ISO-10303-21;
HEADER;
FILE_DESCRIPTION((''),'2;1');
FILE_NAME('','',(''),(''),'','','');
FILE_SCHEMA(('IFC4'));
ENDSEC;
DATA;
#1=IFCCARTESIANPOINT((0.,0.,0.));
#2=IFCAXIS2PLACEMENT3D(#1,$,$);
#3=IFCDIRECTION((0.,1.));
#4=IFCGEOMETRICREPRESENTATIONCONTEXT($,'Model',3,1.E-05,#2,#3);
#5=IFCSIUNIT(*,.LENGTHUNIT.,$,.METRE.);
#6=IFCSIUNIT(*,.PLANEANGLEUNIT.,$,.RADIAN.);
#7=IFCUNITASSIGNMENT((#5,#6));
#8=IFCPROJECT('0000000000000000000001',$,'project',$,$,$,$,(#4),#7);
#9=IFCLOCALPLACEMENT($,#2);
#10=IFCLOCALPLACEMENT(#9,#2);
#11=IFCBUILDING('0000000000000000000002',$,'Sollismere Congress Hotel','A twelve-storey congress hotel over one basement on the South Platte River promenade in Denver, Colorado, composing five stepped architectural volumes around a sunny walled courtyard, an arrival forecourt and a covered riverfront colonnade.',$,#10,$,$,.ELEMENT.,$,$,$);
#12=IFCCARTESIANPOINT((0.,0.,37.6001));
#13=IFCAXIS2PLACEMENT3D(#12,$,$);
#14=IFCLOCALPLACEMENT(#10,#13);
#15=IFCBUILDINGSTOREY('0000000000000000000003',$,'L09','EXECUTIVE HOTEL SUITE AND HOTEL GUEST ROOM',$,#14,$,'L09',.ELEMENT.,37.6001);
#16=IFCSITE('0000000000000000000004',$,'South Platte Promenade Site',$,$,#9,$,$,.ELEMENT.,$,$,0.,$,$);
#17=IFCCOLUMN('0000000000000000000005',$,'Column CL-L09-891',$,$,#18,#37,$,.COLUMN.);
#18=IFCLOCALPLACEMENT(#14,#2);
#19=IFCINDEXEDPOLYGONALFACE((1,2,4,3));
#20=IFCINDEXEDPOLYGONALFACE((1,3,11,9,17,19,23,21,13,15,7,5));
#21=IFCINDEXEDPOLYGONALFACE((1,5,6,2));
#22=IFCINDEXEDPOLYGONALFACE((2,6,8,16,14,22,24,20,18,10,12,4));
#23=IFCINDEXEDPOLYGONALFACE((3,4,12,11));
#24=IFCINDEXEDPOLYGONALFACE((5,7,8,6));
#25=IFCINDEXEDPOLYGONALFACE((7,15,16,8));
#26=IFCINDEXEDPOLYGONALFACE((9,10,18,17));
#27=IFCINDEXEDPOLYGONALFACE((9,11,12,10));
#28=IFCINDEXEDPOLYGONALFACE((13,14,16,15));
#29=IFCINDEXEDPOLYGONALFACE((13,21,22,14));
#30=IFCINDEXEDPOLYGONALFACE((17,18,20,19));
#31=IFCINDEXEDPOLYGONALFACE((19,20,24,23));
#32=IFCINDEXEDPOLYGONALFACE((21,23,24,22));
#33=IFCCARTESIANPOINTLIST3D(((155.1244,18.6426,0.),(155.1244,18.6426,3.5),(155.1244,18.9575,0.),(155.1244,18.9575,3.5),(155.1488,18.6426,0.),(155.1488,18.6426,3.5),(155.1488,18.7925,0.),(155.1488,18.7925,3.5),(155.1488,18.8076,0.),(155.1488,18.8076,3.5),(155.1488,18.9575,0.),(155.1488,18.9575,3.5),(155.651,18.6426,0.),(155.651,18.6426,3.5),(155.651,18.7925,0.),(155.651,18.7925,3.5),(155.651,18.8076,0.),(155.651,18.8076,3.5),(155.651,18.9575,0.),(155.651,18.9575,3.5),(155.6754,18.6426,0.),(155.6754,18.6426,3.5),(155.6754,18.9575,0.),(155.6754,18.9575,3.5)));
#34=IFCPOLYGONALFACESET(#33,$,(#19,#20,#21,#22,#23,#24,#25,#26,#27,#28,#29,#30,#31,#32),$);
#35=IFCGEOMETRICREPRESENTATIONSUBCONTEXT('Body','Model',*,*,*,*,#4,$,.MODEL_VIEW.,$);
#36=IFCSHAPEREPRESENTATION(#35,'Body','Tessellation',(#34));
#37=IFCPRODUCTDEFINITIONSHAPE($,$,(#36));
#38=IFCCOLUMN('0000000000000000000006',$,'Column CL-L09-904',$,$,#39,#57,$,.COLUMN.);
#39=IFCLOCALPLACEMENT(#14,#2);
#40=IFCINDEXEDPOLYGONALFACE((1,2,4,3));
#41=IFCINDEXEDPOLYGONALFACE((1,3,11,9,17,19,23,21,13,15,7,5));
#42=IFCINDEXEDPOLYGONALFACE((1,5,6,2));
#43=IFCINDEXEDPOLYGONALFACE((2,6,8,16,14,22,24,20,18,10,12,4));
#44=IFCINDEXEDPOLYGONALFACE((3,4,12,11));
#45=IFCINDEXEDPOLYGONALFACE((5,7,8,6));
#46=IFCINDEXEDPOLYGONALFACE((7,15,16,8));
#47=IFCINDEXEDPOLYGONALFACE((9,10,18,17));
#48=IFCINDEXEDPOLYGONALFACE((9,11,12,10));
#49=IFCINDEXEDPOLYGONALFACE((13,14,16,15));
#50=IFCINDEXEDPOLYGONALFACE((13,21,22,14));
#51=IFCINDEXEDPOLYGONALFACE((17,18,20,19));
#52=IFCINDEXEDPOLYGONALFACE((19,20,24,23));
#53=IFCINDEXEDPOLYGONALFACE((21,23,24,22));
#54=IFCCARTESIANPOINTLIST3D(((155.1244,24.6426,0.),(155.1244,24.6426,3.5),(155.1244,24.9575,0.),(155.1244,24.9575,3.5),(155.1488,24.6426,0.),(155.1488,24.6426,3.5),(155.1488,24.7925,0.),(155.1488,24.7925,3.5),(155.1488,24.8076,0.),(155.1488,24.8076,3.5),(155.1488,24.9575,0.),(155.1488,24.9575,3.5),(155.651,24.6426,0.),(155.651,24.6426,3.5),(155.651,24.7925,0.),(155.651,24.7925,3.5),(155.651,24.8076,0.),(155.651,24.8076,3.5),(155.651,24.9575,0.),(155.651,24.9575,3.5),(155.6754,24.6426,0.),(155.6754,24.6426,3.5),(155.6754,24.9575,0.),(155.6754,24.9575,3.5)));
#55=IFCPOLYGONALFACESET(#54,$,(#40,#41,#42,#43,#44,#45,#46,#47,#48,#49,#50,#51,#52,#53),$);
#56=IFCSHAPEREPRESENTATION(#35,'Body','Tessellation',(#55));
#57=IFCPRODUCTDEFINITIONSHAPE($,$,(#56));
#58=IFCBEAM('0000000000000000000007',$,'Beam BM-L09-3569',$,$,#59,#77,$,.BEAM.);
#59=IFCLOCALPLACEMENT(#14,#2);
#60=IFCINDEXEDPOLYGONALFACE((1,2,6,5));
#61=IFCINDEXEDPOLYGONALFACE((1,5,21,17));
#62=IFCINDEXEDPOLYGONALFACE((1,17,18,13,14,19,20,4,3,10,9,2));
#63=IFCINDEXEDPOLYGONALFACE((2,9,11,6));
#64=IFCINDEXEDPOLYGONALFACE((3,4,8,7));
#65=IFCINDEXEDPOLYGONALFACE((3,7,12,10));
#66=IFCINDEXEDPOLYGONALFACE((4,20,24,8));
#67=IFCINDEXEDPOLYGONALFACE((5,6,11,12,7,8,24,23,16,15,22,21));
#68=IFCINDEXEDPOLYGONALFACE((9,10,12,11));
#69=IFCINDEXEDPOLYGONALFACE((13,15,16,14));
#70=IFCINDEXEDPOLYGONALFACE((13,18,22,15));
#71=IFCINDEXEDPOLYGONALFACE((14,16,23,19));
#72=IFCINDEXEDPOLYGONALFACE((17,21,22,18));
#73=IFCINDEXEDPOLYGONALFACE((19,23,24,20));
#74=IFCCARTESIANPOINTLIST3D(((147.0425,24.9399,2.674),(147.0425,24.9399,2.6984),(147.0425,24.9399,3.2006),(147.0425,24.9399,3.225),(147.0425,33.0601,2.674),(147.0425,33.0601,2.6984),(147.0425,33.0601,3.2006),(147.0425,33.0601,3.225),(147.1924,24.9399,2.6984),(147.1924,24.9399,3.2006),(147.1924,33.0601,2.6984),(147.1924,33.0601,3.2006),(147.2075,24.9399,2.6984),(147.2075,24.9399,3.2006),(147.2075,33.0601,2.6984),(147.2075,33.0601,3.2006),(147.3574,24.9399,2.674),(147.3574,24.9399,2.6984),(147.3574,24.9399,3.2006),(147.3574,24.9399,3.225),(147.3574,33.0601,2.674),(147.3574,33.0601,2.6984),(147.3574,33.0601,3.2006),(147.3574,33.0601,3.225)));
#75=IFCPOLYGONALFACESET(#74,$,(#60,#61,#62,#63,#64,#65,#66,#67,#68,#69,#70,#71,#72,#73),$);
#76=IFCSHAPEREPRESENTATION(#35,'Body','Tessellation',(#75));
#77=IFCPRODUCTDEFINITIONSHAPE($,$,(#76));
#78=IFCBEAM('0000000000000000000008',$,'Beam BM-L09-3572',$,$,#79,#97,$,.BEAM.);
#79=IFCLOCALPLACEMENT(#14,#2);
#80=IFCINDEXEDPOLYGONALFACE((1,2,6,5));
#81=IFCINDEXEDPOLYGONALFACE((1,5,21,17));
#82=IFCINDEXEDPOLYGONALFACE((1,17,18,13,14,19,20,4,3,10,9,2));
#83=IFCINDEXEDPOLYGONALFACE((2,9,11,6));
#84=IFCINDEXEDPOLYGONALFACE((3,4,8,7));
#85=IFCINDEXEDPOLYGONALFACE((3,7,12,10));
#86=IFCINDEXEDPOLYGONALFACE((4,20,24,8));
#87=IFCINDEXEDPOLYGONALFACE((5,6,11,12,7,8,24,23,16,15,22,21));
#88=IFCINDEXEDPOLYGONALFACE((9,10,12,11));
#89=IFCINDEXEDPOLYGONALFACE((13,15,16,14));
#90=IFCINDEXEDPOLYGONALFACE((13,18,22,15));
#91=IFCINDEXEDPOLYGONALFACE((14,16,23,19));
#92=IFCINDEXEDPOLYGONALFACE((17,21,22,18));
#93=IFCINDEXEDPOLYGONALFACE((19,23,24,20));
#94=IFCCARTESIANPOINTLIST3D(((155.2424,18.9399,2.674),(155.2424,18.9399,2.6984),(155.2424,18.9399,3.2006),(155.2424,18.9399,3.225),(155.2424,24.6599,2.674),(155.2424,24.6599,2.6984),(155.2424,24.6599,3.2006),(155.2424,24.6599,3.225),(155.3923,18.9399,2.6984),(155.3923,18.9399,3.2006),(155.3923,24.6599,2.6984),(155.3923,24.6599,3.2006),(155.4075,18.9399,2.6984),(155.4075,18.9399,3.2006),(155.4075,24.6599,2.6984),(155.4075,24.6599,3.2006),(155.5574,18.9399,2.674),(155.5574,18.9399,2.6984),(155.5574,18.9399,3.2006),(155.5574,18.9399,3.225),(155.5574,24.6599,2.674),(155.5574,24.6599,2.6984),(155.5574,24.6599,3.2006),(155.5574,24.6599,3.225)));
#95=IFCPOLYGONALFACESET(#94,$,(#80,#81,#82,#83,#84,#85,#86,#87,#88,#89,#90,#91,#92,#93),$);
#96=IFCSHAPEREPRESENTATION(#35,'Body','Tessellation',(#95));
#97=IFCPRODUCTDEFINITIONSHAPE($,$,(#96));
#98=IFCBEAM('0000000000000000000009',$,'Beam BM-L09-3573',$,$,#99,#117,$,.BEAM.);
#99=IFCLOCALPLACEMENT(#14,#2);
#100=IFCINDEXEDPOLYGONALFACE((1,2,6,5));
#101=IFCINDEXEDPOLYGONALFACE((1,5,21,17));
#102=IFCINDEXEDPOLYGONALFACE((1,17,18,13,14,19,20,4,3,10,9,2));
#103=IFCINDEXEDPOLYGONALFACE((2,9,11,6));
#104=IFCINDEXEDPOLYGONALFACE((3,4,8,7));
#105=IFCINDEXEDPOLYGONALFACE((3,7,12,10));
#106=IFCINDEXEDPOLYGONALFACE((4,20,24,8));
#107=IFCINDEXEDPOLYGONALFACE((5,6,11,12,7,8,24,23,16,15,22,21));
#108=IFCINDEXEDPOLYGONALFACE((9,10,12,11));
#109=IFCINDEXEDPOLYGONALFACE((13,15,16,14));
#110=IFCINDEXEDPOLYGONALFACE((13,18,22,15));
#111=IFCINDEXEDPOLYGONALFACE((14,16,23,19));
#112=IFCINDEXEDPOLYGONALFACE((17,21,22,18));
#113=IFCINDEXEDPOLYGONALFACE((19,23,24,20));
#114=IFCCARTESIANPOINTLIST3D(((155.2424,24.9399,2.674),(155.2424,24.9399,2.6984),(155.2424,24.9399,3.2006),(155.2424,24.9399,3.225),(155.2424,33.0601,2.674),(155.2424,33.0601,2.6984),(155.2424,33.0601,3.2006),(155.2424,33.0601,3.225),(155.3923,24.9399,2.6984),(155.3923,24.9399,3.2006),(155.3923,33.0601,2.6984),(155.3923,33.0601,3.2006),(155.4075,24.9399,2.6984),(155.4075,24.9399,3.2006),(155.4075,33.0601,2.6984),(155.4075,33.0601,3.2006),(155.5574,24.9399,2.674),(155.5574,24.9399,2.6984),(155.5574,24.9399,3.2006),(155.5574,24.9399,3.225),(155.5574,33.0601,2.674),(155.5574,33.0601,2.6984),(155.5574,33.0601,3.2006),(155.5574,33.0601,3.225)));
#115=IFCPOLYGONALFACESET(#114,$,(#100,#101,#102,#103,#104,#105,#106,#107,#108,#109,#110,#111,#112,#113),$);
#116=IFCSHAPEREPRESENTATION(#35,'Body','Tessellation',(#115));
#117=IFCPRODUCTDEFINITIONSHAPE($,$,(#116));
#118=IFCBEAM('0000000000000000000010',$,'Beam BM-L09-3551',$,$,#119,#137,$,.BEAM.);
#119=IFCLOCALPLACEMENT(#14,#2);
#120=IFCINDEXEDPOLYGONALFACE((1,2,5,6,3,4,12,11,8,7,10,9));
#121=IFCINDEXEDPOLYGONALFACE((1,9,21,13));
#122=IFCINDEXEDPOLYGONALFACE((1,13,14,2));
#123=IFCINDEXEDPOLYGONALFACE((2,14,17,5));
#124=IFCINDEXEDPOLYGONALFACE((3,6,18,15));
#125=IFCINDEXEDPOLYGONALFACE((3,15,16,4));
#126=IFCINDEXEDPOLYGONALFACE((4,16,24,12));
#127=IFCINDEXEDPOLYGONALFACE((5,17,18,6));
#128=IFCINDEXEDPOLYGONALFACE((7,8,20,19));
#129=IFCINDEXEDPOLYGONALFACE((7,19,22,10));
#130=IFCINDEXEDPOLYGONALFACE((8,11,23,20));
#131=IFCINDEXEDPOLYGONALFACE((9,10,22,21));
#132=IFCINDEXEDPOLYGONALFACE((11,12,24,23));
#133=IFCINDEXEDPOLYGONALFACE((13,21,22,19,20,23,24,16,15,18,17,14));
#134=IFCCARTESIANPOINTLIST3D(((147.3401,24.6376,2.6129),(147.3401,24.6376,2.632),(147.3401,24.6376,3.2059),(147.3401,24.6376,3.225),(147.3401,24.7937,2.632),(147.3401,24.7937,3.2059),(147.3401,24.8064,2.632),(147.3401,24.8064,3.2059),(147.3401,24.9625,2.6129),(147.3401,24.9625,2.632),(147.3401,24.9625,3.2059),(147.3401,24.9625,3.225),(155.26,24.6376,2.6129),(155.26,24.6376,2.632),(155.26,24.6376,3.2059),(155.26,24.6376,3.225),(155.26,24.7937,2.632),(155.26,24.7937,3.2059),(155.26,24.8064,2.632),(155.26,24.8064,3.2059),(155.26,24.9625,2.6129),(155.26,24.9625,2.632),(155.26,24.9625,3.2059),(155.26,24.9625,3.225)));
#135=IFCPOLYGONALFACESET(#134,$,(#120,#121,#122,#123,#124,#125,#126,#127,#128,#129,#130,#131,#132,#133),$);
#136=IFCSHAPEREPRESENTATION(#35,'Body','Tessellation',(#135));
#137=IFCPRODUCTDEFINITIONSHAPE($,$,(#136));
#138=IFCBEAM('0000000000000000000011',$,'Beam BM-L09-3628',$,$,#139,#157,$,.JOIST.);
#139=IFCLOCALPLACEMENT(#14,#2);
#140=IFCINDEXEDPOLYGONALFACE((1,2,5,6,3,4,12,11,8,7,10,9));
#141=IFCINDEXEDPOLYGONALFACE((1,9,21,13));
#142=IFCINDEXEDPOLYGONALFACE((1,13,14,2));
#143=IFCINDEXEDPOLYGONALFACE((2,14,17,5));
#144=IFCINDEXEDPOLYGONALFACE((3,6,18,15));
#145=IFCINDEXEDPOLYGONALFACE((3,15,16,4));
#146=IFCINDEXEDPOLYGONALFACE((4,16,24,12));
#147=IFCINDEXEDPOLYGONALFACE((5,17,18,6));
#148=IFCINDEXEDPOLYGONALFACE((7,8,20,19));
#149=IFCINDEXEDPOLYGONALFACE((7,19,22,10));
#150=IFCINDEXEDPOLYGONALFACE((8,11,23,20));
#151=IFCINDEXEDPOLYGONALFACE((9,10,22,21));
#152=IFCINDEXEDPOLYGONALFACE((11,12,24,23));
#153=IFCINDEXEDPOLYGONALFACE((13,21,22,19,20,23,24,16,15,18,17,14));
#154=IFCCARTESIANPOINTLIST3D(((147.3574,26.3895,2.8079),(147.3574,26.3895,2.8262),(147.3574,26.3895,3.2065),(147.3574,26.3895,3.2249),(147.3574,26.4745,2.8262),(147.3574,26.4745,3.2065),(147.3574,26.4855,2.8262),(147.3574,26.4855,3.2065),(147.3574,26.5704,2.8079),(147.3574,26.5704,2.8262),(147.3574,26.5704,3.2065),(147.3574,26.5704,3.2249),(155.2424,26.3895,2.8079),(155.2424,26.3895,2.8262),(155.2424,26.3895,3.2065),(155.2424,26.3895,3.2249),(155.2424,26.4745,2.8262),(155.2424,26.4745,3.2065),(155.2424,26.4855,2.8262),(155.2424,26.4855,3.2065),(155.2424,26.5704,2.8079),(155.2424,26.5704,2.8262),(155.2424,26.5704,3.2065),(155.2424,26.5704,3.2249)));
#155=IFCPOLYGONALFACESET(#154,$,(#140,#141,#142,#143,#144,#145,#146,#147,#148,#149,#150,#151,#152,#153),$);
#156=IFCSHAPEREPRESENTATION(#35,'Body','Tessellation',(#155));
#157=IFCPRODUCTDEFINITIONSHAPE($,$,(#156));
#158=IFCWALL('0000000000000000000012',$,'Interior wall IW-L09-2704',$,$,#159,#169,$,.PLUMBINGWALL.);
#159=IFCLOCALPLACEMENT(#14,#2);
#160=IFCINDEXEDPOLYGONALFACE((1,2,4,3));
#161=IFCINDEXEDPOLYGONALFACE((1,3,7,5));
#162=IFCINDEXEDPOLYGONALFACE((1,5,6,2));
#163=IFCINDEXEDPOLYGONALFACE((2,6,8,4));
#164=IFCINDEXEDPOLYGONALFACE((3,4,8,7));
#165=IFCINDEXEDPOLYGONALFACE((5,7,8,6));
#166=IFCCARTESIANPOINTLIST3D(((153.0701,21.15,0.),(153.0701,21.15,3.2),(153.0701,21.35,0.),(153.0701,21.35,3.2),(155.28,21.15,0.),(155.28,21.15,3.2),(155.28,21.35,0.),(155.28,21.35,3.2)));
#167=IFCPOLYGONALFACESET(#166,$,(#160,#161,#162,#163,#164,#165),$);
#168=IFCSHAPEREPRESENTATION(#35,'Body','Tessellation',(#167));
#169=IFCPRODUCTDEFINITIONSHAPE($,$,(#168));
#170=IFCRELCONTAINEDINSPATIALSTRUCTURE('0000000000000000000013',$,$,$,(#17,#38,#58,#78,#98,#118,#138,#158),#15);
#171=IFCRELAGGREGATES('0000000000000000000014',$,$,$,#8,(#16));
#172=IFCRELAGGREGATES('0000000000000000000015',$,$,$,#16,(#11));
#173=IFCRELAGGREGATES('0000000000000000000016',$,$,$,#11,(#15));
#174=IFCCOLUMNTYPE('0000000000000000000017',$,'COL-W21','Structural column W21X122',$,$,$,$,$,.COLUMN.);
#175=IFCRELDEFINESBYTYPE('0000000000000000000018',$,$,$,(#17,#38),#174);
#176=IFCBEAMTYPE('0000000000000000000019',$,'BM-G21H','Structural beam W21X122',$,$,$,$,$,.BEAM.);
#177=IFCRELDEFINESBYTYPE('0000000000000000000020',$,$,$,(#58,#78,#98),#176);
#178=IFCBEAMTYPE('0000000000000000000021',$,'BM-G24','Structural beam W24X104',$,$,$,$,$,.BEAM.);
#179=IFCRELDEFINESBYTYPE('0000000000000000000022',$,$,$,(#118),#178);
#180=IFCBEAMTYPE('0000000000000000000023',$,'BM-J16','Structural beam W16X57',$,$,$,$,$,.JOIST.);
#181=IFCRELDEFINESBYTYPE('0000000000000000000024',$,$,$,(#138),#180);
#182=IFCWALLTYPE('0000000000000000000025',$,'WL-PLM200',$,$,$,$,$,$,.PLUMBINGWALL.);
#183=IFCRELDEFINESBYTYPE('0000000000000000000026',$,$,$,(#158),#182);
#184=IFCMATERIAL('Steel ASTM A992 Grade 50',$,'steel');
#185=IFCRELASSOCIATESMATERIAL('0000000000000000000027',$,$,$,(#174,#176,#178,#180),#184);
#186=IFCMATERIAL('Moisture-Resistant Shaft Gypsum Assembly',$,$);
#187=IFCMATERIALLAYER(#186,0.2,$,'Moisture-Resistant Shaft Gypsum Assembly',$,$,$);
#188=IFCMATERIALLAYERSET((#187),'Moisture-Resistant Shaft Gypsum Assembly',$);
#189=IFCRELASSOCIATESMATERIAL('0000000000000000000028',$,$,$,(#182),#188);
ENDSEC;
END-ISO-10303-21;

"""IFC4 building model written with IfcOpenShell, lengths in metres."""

from ifc_helpers import new_model, si_unit, direction, frame, frame_2d, origin, origin_2d, place, context, subcontext, project, spatial, rectangle, i_section, extrude, material, layer, layer_set, material_profile, profile_set, type_object, element, save


model = new_model("IFC4")

# Units and contexts
model_context = context("Model", 3, precision=1e-05, world=origin(), true_north=direction((0.0, 1.0)))
body_context = subcontext(model_context, "Body", "Model", "MODEL_VIEW")
ifc_project = project(units=[si_unit("LENGTHUNIT", "METRE"), si_unit("PLANEANGLEUNIT", "RADIAN")], contexts=[model_context])

# Site, building, storey
site_placement = place(None, origin())
site = spatial("IfcSite", under=ifc_project, at=site_placement, Name="South Platte Promenade Site", CompositionType="ELEMENT", RefElevation=0.0)
building_placement = place(site_placement, origin())
building = spatial("IfcBuilding", under=site, at=building_placement, Name="Sollismere Congress Hotel", Description="A twelve-storey congress hotel over one basement on the South Platte River promenade in Denver, Colorado, composing five stepped architectural volumes around a sunny walled courtyard, an arrival forecourt and a covered riverfront colonnade.", CompositionType="ELEMENT")
storey_placement = place(building_placement, frame((0.0, 0.0, 37.6001)))
storey = spatial("IfcBuildingStorey", under=building, at=storey_placement, Name="L09", Description="EXECUTIVE HOTEL SUITE AND HOTEL GUEST ROOM", LongName="L09", CompositionType="ELEMENT", Elevation=37.6001)

# Columns
ifc_material_1 = material(Name="Steel ASTM A992 Grade 50", Category="steel")
ifc_material_profile_1 = material_profile(ifc_material_1, i_section(OverallWidth=0.3149, OverallDepth=0.551, WebThickness=0.0151, FlangeThickness=0.0244, at=origin_2d()), Name="W21X122")
ifc_profile_set_1 = profile_set([ifc_material_profile_1], Name="Steel ASTM A992 Grade 50")
column_type = type_object("IfcColumnType", Name="COL-W21", Description="Structural column W21X122", PredefinedType="COLUMN", material=ifc_profile_set_1)
for number, where, z_axis, x_axis, name in (
    (1, (155.3999, 18.8, 0.0), (0.0, 0.0, 1.0), (0.0, 1.0, 0.0), "Column CL-L09-891"),
    (2, (155.3999, 24.8, 0.0), (0.0, 0.0, 1.0), (0.0, 1.0, 0.0), "Column CL-L09-904"),
):
    element("IfcColumn", number, at=place(storey_placement, frame(where, z_axis=z_axis, x_axis=x_axis)), inside=storey, type_object=column_type, Name=name, PredefinedType="COLUMN", context=body_context, shape_type="SweptSolid", body=[
        extrude(i_section(OverallWidth=0.3149, OverallDepth=0.551, WebThickness=0.0151, FlangeThickness=0.0244, at=origin_2d()), origin(), (0.0, 0.0, 1.0), 3.5),
    ])

# Beams
ifc_material_profile_2 = material_profile(ifc_material_1, i_section(OverallWidth=0.3149, OverallDepth=0.551, WebThickness=0.0151, FlangeThickness=0.0244, at=origin_2d()), Name="W21X122")
ifc_profile_set_2 = profile_set([ifc_material_profile_2], Name="Steel ASTM A992 Grade 50")
beam_type_1 = type_object("IfcBeamType", Name="BM-G21H", Description="Structural beam W21X122", PredefinedType="BEAM", material=ifc_profile_set_2)
beam_1_placement = place(storey_placement, frame((147.2, 24.9399, 2.9495), z_axis=(0.0, 1.0, 0.0), x_axis=(-1.0, 0.0, 0.0)))
element("IfcBeam", 3, at=beam_1_placement, inside=storey, type_object=beam_type_1, Name="Beam BM-L09-3569", PredefinedType="BEAM", context=body_context, shape_type="SweptSolid", body=[
    extrude(i_section(OverallWidth=0.3149, OverallDepth=0.551, WebThickness=0.0151, FlangeThickness=0.0244, at=origin_2d()), origin(), (0.0, 0.0, 1.0), 8.1201),
])
beam_2_placement = place(storey_placement, frame((155.3999, 18.9399, 2.9495), z_axis=(0.0, 1.0, 0.0), x_axis=(-1.0, 0.0, 0.0)))
element("IfcBeam", 4, at=beam_2_placement, inside=storey, type_object=beam_type_1, Name="Beam BM-L09-3572", PredefinedType="BEAM", context=body_context, shape_type="SweptSolid", body=[
    extrude(i_section(OverallWidth=0.3149, OverallDepth=0.551, WebThickness=0.0151, FlangeThickness=0.0244, at=origin_2d()), origin(), (0.0, 0.0, 1.0), 5.72),
])
beam_3_placement = place(storey_placement, frame((155.3999, 24.9399, 2.9495), z_axis=(0.0, 1.0, 0.0), x_axis=(-1.0, 0.0, 0.0)))
element("IfcBeam", 5, at=beam_3_placement, inside=storey, type_object=beam_type_1, Name="Beam BM-L09-3573", PredefinedType="BEAM", context=body_context, shape_type="SweptSolid", body=[
    extrude(i_section(OverallWidth=0.3149, OverallDepth=0.551, WebThickness=0.0151, FlangeThickness=0.0244, at=origin_2d()), origin(), (0.0, 0.0, 1.0), 8.1201),
])
ifc_material_profile_3 = material_profile(ifc_material_1, i_section(OverallWidth=0.325, OverallDepth=0.6121, WebThickness=0.0127, FlangeThickness=0.019, at=origin_2d()), Name="W24X104")
ifc_profile_set_3 = profile_set([ifc_material_profile_3], Name="Steel ASTM A992 Grade 50")
beam_type_2 = type_object("IfcBeamType", Name="BM-G24", Description="Structural beam W24X104", PredefinedType="BEAM", material=ifc_profile_set_3)
beam_4_placement = place(storey_placement, frame((147.3401, 24.8, 2.9189), z_axis=(1.0, 0.0, 0.0), x_axis=(0.0, 1.0, 0.0)))
element("IfcBeam", 6, at=beam_4_placement, inside=storey, type_object=beam_type_2, Name="Beam BM-L09-3551", PredefinedType="BEAM", context=body_context, shape_type="SweptSolid", body=[
    extrude(i_section(OverallWidth=0.325, OverallDepth=0.6121, WebThickness=0.0127, FlangeThickness=0.019, at=origin_2d()), origin(), (0.0, 0.0, 1.0), 7.9199),
])
ifc_material_profile_4 = material_profile(ifc_material_1, i_section(OverallWidth=0.1809, OverallDepth=0.417, WebThickness=0.011, FlangeThickness=0.0183, at=origin_2d()), Name="W16X57")
ifc_profile_set_4 = profile_set([ifc_material_profile_4], Name="Steel ASTM A992 Grade 50")
beam_type_3 = type_object("IfcBeamType", Name="BM-J16", Description="Structural beam W16X57", PredefinedType="JOIST", material=ifc_profile_set_4)
beam_5_placement = place(storey_placement, frame((147.3574, 26.48, 3.0164), z_axis=(1.0, 0.0, 0.0), x_axis=(0.0, 1.0, 0.0)))
element("IfcBeam", 7, at=beam_5_placement, inside=storey, type_object=beam_type_3, Name="Beam BM-L09-3628", PredefinedType="JOIST", context=body_context, shape_type="SweptSolid", body=[
    extrude(i_section(OverallWidth=0.1809, OverallDepth=0.417, WebThickness=0.011, FlangeThickness=0.0183, at=origin_2d()), origin(), (0.0, 0.0, 1.0), 7.885),
])

# Wall
ifc_material_2 = material(Name="Moisture-Resistant Shaft Gypsum Assembly")
ifc_layer_1 = layer(ifc_material_2, 0.2, Name="Moisture-Resistant Shaft Gypsum Assembly")
ifc_layer_set_1 = layer_set([ifc_layer_1], Name="Moisture-Resistant Shaft Gypsum Assembly")
wall_type_1 = type_object("IfcWallType", Name="WL-PLM200", PredefinedType="PLUMBINGWALL", material=ifc_layer_set_1)
wall_1_placement = place(storey_placement, frame((153.0701, 21.25, 0.0), z_axis=(0.0, 0.0, 1.0), x_axis=(1.0, 0.0, 0.0)))
element("IfcWall", 8, at=wall_1_placement, inside=storey, type_object=wall_type_1, Name="Interior wall IW-L09-2704", PredefinedType="PLUMBINGWALL", context=body_context, shape_type="SweptSolid", body=[
    extrude(rectangle(XDim=2.21, YDim=0.2, at=frame_2d((1.105, 0.0))), origin(), (0.0, 0.0, 1.0), 3.2),
])

save(model, "model.ifc")
